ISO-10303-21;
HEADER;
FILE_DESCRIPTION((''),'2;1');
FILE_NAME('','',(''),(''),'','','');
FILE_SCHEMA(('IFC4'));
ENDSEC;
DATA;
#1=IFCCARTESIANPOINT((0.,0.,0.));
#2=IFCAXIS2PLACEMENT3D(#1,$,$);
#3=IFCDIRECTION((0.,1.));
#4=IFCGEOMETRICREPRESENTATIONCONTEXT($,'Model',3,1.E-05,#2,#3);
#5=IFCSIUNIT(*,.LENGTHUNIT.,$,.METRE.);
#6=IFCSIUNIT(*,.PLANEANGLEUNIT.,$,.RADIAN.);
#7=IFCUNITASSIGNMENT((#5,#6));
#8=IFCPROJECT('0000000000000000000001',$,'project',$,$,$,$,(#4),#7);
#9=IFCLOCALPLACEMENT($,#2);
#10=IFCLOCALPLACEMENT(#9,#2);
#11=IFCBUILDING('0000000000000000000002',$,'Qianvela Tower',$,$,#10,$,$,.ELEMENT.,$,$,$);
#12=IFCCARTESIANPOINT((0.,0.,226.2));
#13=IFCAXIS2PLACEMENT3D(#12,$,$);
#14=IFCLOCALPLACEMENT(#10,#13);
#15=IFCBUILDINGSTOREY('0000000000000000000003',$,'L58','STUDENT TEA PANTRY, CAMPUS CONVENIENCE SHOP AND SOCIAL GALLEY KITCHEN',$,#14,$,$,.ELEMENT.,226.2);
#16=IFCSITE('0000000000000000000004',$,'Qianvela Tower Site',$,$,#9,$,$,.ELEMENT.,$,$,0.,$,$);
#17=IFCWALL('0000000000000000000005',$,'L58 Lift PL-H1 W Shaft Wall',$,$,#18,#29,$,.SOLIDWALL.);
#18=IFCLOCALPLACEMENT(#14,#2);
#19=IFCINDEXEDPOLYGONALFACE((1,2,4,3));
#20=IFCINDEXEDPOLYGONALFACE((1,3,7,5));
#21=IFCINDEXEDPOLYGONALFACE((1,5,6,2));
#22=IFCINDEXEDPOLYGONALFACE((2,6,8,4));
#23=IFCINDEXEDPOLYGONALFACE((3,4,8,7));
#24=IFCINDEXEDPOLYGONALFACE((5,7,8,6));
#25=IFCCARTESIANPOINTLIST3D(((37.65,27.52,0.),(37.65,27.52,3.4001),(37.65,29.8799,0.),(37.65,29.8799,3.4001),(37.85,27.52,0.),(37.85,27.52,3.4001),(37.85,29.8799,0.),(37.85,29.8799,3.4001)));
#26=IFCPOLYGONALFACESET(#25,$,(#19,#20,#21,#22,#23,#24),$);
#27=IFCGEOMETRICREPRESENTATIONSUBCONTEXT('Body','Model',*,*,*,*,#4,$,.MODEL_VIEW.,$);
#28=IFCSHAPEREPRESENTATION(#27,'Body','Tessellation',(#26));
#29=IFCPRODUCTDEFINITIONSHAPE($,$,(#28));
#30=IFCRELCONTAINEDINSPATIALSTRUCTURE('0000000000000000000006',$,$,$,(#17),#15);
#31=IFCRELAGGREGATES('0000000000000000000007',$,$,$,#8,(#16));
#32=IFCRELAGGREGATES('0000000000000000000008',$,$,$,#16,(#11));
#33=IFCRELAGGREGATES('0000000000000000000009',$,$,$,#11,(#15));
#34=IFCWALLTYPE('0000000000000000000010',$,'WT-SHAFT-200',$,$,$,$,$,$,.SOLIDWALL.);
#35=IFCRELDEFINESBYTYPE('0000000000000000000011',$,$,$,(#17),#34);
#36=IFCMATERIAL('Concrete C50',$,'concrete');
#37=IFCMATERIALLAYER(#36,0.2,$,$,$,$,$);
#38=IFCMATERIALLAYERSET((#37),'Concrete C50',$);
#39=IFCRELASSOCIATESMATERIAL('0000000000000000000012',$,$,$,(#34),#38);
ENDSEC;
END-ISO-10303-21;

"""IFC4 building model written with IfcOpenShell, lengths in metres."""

from ifc_helpers import new_model, si_unit, direction, frame, frame_2d, origin, place, context, subcontext, project, spatial, rectangle, extrude, material, layer, layer_set, type_object, element, save


model = new_model("IFC4")

# Units and contexts
model_context = context("Model", 3, precision=1e-05, world=origin(), true_north=direction((0.0, 1.0)))
body_context = subcontext(model_context, "Body", "Model", "MODEL_VIEW")
ifc_project = project(units=[si_unit("LENGTHUNIT", "METRE"), si_unit("PLANEANGLEUNIT", "RADIAN")], contexts=[model_context])

# Site, building, storey
site_placement = place(None, origin())
site = spatial("IfcSite", under=ifc_project, at=site_placement, Name="Qianvela Tower Site", CompositionType="ELEMENT", RefElevation=0.0)
building_placement = place(site_placement, origin())
building = spatial("IfcBuilding", under=site, at=building_placement, Name="Qianvela Tower", CompositionType="ELEMENT")
storey_placement = place(building_placement, frame((0.0, 0.0, 226.2)))
storey = spatial("IfcBuildingStorey", under=building, at=storey_placement, Name="L58", Description="STUDENT TEA PANTRY, CAMPUS CONVENIENCE SHOP AND SOCIAL GALLEY KITCHEN", CompositionType="ELEMENT", Elevation=226.2)

# Shared definitions
ifc_material_1 = material(Name="Concrete C50", Category="concrete")
ifc_layer_1 = layer(ifc_material_1, 0.2)
ifc_layer_set_1 = layer_set([ifc_layer_1], Name="Concrete C50")
wall_type_1 = type_object("IfcWallType", Name="WT-SHAFT-200", PredefinedType="SOLIDWALL", material=ifc_layer_set_1)

# Wall
for number, where, z_axis, x_axis, name in (
    (1, (37.75, 27.52, 0.0), (0.0, 0.0, 1.0), (0.0, 1.0, 0.0), "L58 Lift PL-H1 W Shaft Wall"),
):
    element("IfcWall", number, at=place(storey_placement, frame(where, z_axis=z_axis, x_axis=x_axis)), inside=storey, type_object=wall_type_1, Name=name, PredefinedType="SOLIDWALL", context=body_context, shape_type="SweptSolid", body=[
        extrude(rectangle(XDim=2.3599, YDim=0.2, at=frame_2d((1.1799, 0.0))), origin(), (0.0, 0.0, 1.0), 3.4001),
    ])

save(model, "model.ifc")
